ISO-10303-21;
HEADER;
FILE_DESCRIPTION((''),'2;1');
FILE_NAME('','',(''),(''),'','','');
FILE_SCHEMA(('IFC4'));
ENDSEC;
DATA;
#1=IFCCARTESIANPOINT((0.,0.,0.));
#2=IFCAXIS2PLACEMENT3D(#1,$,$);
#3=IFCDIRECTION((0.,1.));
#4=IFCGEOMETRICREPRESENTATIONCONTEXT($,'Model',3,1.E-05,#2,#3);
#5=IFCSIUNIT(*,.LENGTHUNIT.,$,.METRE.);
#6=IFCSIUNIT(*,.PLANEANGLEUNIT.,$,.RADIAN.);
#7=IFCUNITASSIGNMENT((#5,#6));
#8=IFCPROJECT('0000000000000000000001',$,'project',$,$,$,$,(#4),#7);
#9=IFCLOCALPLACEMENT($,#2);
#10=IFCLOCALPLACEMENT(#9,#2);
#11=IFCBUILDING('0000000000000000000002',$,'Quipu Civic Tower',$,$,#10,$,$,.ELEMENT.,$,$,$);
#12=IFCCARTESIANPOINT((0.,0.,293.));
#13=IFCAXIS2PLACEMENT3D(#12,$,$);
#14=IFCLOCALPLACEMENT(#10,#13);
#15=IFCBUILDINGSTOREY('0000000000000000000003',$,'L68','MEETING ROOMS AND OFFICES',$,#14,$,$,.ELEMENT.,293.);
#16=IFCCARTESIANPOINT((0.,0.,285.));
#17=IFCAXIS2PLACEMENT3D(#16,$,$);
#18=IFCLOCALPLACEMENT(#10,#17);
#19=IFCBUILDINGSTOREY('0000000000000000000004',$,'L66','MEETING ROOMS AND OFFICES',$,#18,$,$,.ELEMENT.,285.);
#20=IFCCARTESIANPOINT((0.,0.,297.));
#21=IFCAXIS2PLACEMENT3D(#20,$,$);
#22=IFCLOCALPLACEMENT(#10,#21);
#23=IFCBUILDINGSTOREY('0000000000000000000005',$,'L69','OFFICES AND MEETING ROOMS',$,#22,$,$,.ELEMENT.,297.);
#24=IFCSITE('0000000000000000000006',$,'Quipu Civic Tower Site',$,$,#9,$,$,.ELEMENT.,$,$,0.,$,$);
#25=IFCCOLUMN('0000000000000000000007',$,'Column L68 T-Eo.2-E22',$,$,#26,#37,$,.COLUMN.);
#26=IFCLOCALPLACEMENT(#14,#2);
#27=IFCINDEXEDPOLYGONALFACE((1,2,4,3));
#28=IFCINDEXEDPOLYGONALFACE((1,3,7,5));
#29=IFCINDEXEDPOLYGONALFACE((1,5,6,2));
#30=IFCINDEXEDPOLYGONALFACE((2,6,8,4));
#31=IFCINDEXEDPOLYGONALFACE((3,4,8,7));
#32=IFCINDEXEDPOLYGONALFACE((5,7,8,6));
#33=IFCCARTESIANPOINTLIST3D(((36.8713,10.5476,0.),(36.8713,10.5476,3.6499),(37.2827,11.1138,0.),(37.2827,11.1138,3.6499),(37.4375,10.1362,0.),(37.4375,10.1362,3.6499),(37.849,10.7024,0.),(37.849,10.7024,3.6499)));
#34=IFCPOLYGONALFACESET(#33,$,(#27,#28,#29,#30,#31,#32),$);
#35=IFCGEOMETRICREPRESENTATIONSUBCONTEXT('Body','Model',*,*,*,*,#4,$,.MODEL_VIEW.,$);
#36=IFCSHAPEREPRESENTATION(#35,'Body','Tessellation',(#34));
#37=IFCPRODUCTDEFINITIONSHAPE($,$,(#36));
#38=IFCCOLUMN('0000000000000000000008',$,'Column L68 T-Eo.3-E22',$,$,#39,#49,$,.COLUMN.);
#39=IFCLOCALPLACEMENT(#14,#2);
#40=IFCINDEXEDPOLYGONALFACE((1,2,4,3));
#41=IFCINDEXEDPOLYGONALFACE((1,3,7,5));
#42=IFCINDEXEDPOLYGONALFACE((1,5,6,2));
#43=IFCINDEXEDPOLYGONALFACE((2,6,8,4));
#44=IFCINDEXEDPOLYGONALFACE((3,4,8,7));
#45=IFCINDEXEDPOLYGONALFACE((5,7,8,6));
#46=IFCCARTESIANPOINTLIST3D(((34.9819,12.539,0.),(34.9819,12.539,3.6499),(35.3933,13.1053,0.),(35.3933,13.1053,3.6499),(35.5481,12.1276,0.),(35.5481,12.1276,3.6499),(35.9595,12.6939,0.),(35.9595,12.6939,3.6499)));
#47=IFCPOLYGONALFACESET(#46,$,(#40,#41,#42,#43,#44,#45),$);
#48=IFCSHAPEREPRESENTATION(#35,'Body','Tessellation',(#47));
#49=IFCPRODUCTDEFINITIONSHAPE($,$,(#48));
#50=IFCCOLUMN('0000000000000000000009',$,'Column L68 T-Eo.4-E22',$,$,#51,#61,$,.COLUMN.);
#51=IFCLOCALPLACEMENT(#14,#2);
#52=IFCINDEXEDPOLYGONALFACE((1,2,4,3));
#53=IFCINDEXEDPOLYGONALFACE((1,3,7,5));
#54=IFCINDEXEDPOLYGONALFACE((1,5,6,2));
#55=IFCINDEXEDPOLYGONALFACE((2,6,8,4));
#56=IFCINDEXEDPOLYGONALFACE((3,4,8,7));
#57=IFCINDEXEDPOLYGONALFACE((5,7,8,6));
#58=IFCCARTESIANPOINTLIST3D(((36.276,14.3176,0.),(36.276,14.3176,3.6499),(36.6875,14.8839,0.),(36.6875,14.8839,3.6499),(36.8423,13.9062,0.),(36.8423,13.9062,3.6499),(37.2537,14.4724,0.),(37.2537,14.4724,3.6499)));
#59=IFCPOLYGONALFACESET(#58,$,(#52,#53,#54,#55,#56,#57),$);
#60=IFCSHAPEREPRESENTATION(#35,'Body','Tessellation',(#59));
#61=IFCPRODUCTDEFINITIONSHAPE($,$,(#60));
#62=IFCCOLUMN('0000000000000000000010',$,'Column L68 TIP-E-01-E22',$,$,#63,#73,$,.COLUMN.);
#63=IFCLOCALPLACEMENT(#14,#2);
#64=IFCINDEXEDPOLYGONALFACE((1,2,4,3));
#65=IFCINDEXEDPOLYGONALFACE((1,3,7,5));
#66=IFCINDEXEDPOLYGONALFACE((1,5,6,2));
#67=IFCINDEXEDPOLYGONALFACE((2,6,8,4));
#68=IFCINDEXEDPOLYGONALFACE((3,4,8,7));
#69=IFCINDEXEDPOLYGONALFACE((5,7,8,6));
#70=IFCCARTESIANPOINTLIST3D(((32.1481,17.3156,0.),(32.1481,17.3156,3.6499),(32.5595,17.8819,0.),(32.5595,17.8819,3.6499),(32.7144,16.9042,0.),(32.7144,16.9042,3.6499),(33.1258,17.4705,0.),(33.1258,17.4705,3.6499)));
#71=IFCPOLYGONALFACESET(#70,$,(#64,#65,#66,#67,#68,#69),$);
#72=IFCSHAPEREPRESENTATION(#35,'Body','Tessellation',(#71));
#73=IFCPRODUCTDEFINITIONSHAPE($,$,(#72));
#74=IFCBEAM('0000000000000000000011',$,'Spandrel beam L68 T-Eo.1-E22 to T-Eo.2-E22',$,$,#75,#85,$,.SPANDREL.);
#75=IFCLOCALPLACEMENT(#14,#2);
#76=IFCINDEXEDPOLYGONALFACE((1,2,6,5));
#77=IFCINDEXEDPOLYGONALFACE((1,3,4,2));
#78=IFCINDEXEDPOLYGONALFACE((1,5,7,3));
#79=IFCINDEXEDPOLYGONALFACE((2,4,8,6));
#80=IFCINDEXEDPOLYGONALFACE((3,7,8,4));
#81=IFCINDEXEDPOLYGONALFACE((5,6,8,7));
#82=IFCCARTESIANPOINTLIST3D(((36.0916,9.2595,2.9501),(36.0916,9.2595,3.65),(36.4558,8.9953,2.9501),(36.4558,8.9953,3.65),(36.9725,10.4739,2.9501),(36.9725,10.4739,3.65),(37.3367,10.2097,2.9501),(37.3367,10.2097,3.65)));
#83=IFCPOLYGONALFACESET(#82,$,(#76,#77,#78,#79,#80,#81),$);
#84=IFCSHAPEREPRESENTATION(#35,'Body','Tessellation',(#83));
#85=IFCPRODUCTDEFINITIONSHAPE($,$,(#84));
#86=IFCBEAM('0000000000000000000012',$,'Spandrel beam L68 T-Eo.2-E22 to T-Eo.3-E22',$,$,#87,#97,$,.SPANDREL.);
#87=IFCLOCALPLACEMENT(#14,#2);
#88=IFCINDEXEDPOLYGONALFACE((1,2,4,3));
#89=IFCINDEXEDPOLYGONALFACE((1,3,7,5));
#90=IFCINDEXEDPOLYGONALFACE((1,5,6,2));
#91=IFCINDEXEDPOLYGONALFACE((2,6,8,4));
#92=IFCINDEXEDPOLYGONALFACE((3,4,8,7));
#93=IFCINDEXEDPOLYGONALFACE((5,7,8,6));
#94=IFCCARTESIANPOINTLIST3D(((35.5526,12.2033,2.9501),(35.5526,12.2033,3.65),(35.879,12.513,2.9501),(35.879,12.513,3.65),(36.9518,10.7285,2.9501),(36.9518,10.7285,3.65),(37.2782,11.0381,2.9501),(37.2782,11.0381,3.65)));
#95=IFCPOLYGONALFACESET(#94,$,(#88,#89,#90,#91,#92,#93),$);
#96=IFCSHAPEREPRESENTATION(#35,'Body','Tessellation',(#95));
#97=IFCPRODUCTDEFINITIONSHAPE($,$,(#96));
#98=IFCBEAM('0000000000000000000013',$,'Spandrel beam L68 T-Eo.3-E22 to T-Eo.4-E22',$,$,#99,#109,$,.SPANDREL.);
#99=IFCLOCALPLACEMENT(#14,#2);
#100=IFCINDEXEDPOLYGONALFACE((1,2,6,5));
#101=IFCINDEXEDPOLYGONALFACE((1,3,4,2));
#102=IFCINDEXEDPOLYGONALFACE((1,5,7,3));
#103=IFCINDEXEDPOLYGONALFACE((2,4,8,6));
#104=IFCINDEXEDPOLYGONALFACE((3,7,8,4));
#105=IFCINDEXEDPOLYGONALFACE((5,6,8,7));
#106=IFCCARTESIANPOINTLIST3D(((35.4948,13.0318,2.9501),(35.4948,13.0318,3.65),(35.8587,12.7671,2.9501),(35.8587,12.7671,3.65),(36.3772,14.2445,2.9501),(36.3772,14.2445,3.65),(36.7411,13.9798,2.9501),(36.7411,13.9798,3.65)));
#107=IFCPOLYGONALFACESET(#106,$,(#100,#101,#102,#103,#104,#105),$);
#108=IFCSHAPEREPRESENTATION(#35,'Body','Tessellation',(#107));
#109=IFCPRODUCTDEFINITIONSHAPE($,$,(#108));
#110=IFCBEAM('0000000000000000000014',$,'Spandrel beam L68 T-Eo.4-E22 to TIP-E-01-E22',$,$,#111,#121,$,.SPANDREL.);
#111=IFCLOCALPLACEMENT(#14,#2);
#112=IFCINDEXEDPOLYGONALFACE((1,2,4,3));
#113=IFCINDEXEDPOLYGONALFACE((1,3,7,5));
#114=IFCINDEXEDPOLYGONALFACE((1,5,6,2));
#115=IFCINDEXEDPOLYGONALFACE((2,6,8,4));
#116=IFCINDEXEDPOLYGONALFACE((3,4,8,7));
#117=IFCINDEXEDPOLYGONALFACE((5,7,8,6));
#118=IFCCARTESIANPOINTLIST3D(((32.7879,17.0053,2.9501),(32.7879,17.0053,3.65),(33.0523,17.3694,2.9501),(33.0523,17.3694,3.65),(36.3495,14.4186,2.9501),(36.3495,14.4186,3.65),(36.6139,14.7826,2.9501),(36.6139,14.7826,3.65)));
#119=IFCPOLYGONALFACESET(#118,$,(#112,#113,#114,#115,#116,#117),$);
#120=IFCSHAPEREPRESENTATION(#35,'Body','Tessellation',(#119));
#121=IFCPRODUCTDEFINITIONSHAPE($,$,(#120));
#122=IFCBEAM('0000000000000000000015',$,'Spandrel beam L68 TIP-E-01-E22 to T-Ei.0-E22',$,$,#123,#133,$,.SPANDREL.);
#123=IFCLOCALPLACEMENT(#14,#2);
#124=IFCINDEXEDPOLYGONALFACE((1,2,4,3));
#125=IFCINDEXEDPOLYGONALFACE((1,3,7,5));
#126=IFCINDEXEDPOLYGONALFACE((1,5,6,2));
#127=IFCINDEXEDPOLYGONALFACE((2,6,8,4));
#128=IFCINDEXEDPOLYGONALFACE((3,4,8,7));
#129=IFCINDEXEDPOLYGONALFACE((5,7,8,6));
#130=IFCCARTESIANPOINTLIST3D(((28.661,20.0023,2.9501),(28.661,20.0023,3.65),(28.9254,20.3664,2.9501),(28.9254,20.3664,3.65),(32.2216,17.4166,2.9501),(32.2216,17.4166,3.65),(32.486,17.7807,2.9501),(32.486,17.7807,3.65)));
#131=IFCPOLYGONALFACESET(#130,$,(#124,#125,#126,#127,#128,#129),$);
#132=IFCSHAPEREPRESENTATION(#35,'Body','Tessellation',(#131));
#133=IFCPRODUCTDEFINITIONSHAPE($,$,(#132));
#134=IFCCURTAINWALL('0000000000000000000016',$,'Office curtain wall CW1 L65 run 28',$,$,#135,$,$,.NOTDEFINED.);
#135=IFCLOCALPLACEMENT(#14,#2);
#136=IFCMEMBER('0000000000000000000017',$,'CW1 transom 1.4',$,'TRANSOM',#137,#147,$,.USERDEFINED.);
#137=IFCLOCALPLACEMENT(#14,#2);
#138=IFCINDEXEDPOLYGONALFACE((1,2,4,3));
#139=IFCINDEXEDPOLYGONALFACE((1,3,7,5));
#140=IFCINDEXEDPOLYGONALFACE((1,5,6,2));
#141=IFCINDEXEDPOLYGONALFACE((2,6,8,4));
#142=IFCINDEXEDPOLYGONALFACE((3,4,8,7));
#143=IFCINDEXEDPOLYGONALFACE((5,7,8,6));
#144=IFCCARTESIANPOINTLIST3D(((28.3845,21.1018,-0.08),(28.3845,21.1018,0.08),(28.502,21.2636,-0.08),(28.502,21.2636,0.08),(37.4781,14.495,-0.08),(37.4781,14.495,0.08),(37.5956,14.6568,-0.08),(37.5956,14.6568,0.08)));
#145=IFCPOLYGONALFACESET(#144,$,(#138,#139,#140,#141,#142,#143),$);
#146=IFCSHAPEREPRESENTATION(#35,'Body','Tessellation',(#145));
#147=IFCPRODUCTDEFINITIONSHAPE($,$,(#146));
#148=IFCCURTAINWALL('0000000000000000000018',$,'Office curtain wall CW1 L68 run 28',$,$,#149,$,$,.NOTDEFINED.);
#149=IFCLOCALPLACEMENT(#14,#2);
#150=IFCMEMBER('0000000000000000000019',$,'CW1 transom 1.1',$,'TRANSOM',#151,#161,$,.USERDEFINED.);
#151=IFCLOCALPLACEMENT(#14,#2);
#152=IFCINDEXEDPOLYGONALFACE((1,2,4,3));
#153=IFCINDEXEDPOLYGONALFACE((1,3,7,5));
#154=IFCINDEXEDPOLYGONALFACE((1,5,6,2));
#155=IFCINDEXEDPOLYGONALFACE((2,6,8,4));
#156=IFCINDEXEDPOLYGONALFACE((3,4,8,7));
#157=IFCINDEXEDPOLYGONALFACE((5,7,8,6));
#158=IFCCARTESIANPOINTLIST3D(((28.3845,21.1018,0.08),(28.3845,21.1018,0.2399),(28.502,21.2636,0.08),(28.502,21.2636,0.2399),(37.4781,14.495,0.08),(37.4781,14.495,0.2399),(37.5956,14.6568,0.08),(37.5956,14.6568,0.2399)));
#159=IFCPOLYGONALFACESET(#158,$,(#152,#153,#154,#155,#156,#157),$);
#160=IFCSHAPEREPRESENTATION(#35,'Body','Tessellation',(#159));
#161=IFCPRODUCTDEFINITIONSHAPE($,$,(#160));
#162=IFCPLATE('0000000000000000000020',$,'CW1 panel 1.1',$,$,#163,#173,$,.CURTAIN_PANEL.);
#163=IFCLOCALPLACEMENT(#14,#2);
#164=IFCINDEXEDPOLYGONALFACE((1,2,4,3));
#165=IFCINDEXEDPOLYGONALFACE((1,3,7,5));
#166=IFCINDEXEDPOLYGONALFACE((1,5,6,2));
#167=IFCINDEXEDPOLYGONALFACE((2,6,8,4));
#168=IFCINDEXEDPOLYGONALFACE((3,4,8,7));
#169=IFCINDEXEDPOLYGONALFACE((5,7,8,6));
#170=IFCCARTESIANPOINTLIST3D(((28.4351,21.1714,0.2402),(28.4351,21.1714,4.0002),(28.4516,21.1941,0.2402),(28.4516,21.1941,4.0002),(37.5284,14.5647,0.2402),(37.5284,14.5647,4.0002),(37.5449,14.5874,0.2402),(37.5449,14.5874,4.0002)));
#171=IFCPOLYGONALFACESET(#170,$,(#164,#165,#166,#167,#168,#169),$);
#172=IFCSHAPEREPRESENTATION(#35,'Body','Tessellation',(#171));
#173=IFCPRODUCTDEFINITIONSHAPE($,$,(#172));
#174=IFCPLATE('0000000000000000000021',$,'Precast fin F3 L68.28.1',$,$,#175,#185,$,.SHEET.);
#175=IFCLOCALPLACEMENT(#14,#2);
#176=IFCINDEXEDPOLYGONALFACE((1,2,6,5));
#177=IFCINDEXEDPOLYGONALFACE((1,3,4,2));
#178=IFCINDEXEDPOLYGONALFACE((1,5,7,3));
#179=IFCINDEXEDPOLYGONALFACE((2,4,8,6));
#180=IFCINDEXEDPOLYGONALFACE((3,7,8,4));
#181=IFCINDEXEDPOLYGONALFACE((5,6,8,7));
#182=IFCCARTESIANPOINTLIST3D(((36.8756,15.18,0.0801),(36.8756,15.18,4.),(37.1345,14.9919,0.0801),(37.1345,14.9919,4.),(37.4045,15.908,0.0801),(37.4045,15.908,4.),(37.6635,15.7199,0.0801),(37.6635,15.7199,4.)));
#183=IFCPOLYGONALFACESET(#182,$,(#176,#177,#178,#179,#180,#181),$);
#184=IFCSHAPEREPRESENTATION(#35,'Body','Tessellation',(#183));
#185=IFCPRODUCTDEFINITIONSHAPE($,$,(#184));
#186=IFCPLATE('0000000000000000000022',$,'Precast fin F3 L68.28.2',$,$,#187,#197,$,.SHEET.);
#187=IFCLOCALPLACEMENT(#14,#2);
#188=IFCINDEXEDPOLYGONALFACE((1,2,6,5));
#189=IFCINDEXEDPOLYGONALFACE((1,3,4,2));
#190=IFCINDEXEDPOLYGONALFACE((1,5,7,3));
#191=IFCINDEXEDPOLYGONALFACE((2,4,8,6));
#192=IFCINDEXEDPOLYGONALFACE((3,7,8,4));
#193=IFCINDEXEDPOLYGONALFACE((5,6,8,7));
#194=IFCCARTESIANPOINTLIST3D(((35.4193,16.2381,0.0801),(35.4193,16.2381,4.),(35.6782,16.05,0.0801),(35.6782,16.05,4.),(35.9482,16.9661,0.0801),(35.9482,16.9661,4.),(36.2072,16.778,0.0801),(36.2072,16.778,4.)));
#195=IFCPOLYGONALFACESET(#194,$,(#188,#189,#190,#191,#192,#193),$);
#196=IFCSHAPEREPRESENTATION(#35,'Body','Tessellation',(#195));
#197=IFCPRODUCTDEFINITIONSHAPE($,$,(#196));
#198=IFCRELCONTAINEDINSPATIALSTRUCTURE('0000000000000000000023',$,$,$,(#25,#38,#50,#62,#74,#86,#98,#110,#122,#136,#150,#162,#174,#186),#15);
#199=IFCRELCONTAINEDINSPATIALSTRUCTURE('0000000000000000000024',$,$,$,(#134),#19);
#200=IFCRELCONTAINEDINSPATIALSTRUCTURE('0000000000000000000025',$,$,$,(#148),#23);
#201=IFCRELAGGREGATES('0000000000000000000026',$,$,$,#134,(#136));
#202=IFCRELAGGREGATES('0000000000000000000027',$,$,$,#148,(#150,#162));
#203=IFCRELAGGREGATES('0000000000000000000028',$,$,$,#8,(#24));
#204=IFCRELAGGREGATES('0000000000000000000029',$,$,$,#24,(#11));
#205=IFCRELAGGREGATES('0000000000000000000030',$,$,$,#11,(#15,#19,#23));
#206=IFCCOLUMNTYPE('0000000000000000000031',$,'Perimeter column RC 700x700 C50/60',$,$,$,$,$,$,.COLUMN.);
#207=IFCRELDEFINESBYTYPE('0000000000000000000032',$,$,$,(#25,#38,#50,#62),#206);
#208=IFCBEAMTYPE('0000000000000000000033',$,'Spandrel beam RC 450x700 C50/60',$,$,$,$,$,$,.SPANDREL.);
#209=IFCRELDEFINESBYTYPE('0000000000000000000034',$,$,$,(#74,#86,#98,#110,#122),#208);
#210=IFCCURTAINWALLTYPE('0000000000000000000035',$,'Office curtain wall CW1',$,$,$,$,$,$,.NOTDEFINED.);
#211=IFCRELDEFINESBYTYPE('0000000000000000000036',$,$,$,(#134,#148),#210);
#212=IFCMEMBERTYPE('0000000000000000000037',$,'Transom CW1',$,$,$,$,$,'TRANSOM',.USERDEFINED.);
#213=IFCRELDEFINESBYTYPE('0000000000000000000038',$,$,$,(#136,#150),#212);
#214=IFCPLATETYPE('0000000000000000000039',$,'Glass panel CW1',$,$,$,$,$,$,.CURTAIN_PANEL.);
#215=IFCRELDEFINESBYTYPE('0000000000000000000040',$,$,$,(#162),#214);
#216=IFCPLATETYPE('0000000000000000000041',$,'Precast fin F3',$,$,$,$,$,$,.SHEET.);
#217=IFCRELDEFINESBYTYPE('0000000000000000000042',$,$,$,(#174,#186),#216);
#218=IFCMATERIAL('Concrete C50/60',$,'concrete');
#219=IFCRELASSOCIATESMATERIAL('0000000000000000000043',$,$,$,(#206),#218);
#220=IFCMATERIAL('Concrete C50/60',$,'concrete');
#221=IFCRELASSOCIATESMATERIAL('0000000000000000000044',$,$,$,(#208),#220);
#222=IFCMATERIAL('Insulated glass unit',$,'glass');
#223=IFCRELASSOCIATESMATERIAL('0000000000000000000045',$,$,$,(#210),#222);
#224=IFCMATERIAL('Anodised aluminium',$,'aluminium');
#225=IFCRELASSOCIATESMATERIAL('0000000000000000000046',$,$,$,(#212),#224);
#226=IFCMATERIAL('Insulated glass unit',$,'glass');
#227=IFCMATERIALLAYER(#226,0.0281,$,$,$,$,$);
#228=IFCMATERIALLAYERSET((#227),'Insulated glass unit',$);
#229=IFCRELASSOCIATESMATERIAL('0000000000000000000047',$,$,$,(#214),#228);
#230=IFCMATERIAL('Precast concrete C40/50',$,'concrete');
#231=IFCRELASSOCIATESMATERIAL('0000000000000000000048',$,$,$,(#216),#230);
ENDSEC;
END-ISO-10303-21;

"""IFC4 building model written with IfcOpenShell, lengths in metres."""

from ifc_helpers import new_model, si_unit, direction, frame, origin, origin_2d, place, context, subcontext, project, spatial, rectangle, extrude, material, layer, layer_set, material_profile, profile_set, type_object, element, aggregate, save


model = new_model("IFC4")

# Units and contexts
model_context = context("Model", 3, precision=1e-05, world=origin(), true_north=direction((0.0, 1.0)))
body_context = subcontext(model_context, "Body", "Model", "MODEL_VIEW")
ifc_project = project(units=[si_unit("LENGTHUNIT", "METRE"), si_unit("PLANEANGLEUNIT", "RADIAN")], contexts=[model_context])

# Site, building, storey
site_placement = place(None, origin())
site = spatial("IfcSite", under=ifc_project, at=site_placement, Name="Quipu Civic Tower Site", CompositionType="ELEMENT", RefElevation=0.0)
building_placement = place(site_placement, origin())
building = spatial("IfcBuilding", under=site, at=building_placement, Name="Quipu Civic Tower", CompositionType="ELEMENT")
storey_1_placement = place(building_placement, frame((0.0, 0.0, 293.0)))
storey_1 = spatial("IfcBuildingStorey", under=building, at=storey_1_placement, Name="L68", Description="MEETING ROOMS AND OFFICES", CompositionType="ELEMENT", Elevation=293.0)

# Columns
ifc_material_1 = material(Name="Concrete C50/60", Category="concrete")
ifc_material_profile_1 = material_profile(ifc_material_1, rectangle(XDim=0.7, YDim=0.7, at=origin_2d()), Name="RC700x700")
ifc_profile_set_1 = profile_set([ifc_material_profile_1], Name="Concrete C50/60")
column_type = type_object("IfcColumnType", Name="Perimeter column RC 700x700 C50/60", PredefinedType="COLUMN", material=ifc_profile_set_1)
for number, where, z_axis, x_axis, name in (
    (1, (37.3601, 10.625, 0.0), (0.0, 0.0, 1.0), (0.587785, 0.809017, 0.0), "Column L68 T-Eo.2-E22"),
    (2, (35.4707, 12.6165, 0.0), (0.0, 0.0, 1.0), (-0.809017, 0.587785, 0.0), "Column L68 T-Eo.3-E22"),
    (3, (36.7649, 14.395, 0.0), (0.0, 0.0, 1.0), (-0.809017, 0.587785, 0.0), "Column L68 T-Eo.4-E22"),
    (4, (32.637, 17.3931, 0.0), (0.0, 0.0, 1.0), (-0.809017, 0.587785, 0.0), "Column L68 TIP-E-01-E22"),
):
    element("IfcColumn", number, at=place(storey_1_placement, frame(where, z_axis=z_axis, x_axis=x_axis)), inside=storey_1, type_object=column_type, Name=name, PredefinedType="COLUMN", context=body_context, shape_type="SweptSolid", body=[
        extrude(rectangle(XDim=0.7, YDim=0.7, at=origin_2d()), origin(), (0.0, 0.0, 1.0), 3.6499),
    ])

# Beams
ifc_material_2 = material(Name="Concrete C50/60", Category="concrete")
ifc_material_profile_2 = material_profile(ifc_material_2, rectangle(XDim=0.45, YDim=0.7, at=origin_2d()), Name="RC450x700")
ifc_profile_set_2 = profile_set([ifc_material_profile_2], Name="Concrete C50/60")
beam_type = type_object("IfcBeamType", Name="Spandrel beam RC 450x700 C50/60", PredefinedType="SPANDREL", material=ifc_profile_set_2)
beam_1_placement = place(storey_1_placement, frame((36.2737, 9.1274, 3.3), z_axis=(0.587165, 0.809467, 0.0), x_axis=(-0.809467, 0.587165, 0.0)))
element("IfcBeam", 5, at=beam_1_placement, inside=storey_1, type_object=beam_type, Name="Spandrel beam L68 T-Eo.1-E22 to T-Eo.2-E22", PredefinedType="SPANDREL", context=body_context, shape_type="SweptSolid", body=[
    extrude(rectangle(XDim=0.45, YDim=0.7, at=origin_2d()), origin(), (0.0, 0.0, 1.0), 1.5002),
])
beam_2_placement = place(storey_1_placement, frame((37.115, 10.8833, 3.3), z_axis=(-0.688247, 0.725476, 0.0), x_axis=(-0.725476, -0.688247, 0.0)))
element("IfcBeam", 6, at=beam_2_placement, inside=storey_1, type_object=beam_type, Name="Spandrel beam L68 T-Eo.2-E22 to T-Eo.3-E22", PredefinedType="SPANDREL", context=body_context, shape_type="SweptSolid", body=[
    extrude(rectangle(XDim=0.45, YDim=0.7, at=origin_2d()), origin(), (0.0, 0.0, 1.0), 2.033),
])
beam_3_placement = place(storey_1_placement, frame((35.6768, 12.8994, 3.3), z_axis=(0.588346, 0.808609, 0.0), x_axis=(-0.808609, 0.588346, 0.0)))
element("IfcBeam", 7, at=beam_3_placement, inside=storey_1, type_object=beam_type, Name="Spandrel beam L68 T-Eo.3-E22 to T-Eo.4-E22", PredefinedType="SPANDREL", context=body_context, shape_type="SweptSolid", body=[
    extrude(rectangle(XDim=0.45, YDim=0.7, at=origin_2d()), origin(), (0.0, 0.0, 1.0), 1.4998),
])
beam_4_placement = place(storey_1_placement, frame((36.4817, 14.6006, 3.3), z_axis=(-0.809117, 0.587647, 0.0), x_axis=(-0.587647, -0.809117, 0.0)))
element("IfcBeam", 8, at=beam_4_placement, inside=storey_1, type_object=beam_type, Name="Spandrel beam L68 T-Eo.4-E22 to TIP-E-01-E22", PredefinedType="SPANDREL", context=body_context, shape_type="SweptSolid", body=[
    extrude(rectangle(XDim=0.45, YDim=0.7, at=origin_2d()), origin(), (0.0, 0.0, 1.0), 4.4019),
])
beam_5_placement = place(storey_1_placement, frame((32.3538, 17.5986, 3.3), z_axis=(-0.809146, 0.587607, 0.0), x_axis=(-0.587607, -0.809146, 0.0)))
element("IfcBeam", 9, at=beam_5_placement, inside=storey_1, type_object=beam_type, Name="Spandrel beam L68 TIP-E-01-E22 to T-Ei.0-E22", PredefinedType="SPANDREL", context=body_context, shape_type="SweptSolid", body=[
    extrude(rectangle(XDim=0.45, YDim=0.7, at=origin_2d()), origin(), (0.0, 0.0, 1.0), 4.4004),
])

# Shared definitions
storey_2_placement = place(building_placement, frame((0.0, 0.0, 285.0)))
storey_2 = spatial("IfcBuildingStorey", under=building, at=storey_2_placement, Name="L66", Description="MEETING ROOMS AND OFFICES", CompositionType="ELEMENT", Elevation=285.0)

# Curtain wall, member
ifc_material_3 = material(Name="Insulated glass unit", Category="glass")
curtain_wall_type = type_object("IfcCurtainWallType", Name="Office curtain wall CW1", PredefinedType="NOTDEFINED", material=ifc_material_3)
curtain_wall_1_placement = place(storey_2_placement, origin())
curtain_wall_1 = element("IfcCurtainWall", 10, at=curtain_wall_1_placement, inside=storey_2, type_object=curtain_wall_type, Name="Office curtain wall CW1 L65 run 28", PredefinedType="NOTDEFINED")
ifc_material_4 = material(Name="Anodised aluminium", Category="aluminium")
ifc_material_profile_3 = material_profile(ifc_material_4, rectangle(XDim=0.2, YDim=0.1599, at=origin_2d()), Name="RECT 200x160")
ifc_profile_set_3 = profile_set([ifc_material_profile_3], Name="Anodised aluminium")
member_type = type_object("IfcMemberType", Name="Transom CW1", ElementType="TRANSOM", PredefinedType="USERDEFINED", material=ifc_profile_set_3)
member_1_placement = place(storey_1_placement, frame((37.5369, 14.5759, 0.0), z_axis=(-0.809022, 0.587778, 0.0), x_axis=(-0.587778, -0.809022, 0.0)))
member_1 = element("IfcMember", 11, at=member_1_placement, inside=storey_1, type_object=member_type, Name="CW1 transom 1.4", ObjectType="TRANSOM", PredefinedType="USERDEFINED", context=body_context, shape_type="SweptSolid", body=[
    extrude(rectangle(XDim=0.2, YDim=0.1599, at=origin_2d()), origin(), (0.0, 0.0, 1.0), 11.2402),
])
aggregate(curtain_wall_1, [member_1])

# Shared definitions
storey_3_placement = place(building_placement, frame((0.0, 0.0, 297.0)))
storey_3 = spatial("IfcBuildingStorey", under=building, at=storey_3_placement, Name="L69", Description="OFFICES AND MEETING ROOMS", CompositionType="ELEMENT", Elevation=297.0)

# Curtain wall, member, plate
curtain_wall_2_placement = place(storey_3_placement, origin())
curtain_wall_2 = element("IfcCurtainWall", 12, at=curtain_wall_2_placement, inside=storey_3, type_object=curtain_wall_type, Name="Office curtain wall CW1 L68 run 28", PredefinedType="NOTDEFINED")
member_2_placement = place(storey_1_placement, frame((37.5369, 14.5759, 0.1599), z_axis=(-0.809022, 0.587778, 0.0), x_axis=(-0.587778, -0.809022, 0.0)))
member_2 = element("IfcMember", 13, at=member_2_placement, inside=storey_1, type_object=member_type, Name="CW1 transom 1.1", ObjectType="TRANSOM", PredefinedType="USERDEFINED", context=body_context, shape_type="SweptSolid", body=[
    extrude(rectangle(XDim=0.2, YDim=0.1599, at=origin_2d()), origin(), (0.0, 0.0, 1.0), 11.2402),
])
ifc_material_5 = material(Name="Insulated glass unit", Category="glass")
ifc_layer_1 = layer(ifc_material_5, 0.0281)
ifc_layer_set_1 = layer_set([ifc_layer_1], Name="Insulated glass unit")
plate_type_1 = type_object("IfcPlateType", Name="Glass panel CW1", PredefinedType="CURTAIN_PANEL", material=ifc_layer_set_1)
plate_placement = place(storey_1_placement, frame((32.99, 17.8794, 0.2402), z_axis=(0.0, 0.0, 1.0), x_axis=(-0.809015, 0.587788, 0.0)))
plate = element("IfcPlate", 14, at=plate_placement, inside=storey_1, type_object=plate_type_1, Name="CW1 panel 1.1", PredefinedType="CURTAIN_PANEL", context=body_context, shape_type="SweptSolid", body=[
    extrude(rectangle(XDim=11.24, YDim=0.0281, at=origin_2d()), origin(), (0.0, 0.0, 1.0), 3.76),
])
aggregate(curtain_wall_2, [member_2, plate])

# Plates
ifc_material_6 = material(Name="Precast concrete C40/50", Category="concrete")
plate_type_2 = type_object("IfcPlateType", Name="Precast fin F3", PredefinedType="SHEET", material=ifc_material_6)
for number, where, z_axis, x_axis, name in (
    (15, (37.2695, 15.45, 0.0801), (0.0, 0.0, 1.0), (-0.809017, 0.587785, 0.0), "Precast fin F3 L68.28.1"),
    (16, (35.8132, 16.5081, 0.0801), (0.0, 0.0, 1.0), (-0.809017, 0.587785, 0.0), "Precast fin F3 L68.28.2"),
):
    element("IfcPlate", number, at=place(storey_1_placement, frame(where, z_axis=z_axis, x_axis=x_axis)), inside=storey_1, type_object=plate_type_2, Name=name, PredefinedType="SHEET", context=body_context, shape_type="SweptSolid", body=[
        extrude(rectangle(XDim=0.3201, YDim=0.8999, at=origin_2d()), origin(), (0.0, 0.0, 1.0), 3.9199),
    ])

save(model, "model.ifc")
